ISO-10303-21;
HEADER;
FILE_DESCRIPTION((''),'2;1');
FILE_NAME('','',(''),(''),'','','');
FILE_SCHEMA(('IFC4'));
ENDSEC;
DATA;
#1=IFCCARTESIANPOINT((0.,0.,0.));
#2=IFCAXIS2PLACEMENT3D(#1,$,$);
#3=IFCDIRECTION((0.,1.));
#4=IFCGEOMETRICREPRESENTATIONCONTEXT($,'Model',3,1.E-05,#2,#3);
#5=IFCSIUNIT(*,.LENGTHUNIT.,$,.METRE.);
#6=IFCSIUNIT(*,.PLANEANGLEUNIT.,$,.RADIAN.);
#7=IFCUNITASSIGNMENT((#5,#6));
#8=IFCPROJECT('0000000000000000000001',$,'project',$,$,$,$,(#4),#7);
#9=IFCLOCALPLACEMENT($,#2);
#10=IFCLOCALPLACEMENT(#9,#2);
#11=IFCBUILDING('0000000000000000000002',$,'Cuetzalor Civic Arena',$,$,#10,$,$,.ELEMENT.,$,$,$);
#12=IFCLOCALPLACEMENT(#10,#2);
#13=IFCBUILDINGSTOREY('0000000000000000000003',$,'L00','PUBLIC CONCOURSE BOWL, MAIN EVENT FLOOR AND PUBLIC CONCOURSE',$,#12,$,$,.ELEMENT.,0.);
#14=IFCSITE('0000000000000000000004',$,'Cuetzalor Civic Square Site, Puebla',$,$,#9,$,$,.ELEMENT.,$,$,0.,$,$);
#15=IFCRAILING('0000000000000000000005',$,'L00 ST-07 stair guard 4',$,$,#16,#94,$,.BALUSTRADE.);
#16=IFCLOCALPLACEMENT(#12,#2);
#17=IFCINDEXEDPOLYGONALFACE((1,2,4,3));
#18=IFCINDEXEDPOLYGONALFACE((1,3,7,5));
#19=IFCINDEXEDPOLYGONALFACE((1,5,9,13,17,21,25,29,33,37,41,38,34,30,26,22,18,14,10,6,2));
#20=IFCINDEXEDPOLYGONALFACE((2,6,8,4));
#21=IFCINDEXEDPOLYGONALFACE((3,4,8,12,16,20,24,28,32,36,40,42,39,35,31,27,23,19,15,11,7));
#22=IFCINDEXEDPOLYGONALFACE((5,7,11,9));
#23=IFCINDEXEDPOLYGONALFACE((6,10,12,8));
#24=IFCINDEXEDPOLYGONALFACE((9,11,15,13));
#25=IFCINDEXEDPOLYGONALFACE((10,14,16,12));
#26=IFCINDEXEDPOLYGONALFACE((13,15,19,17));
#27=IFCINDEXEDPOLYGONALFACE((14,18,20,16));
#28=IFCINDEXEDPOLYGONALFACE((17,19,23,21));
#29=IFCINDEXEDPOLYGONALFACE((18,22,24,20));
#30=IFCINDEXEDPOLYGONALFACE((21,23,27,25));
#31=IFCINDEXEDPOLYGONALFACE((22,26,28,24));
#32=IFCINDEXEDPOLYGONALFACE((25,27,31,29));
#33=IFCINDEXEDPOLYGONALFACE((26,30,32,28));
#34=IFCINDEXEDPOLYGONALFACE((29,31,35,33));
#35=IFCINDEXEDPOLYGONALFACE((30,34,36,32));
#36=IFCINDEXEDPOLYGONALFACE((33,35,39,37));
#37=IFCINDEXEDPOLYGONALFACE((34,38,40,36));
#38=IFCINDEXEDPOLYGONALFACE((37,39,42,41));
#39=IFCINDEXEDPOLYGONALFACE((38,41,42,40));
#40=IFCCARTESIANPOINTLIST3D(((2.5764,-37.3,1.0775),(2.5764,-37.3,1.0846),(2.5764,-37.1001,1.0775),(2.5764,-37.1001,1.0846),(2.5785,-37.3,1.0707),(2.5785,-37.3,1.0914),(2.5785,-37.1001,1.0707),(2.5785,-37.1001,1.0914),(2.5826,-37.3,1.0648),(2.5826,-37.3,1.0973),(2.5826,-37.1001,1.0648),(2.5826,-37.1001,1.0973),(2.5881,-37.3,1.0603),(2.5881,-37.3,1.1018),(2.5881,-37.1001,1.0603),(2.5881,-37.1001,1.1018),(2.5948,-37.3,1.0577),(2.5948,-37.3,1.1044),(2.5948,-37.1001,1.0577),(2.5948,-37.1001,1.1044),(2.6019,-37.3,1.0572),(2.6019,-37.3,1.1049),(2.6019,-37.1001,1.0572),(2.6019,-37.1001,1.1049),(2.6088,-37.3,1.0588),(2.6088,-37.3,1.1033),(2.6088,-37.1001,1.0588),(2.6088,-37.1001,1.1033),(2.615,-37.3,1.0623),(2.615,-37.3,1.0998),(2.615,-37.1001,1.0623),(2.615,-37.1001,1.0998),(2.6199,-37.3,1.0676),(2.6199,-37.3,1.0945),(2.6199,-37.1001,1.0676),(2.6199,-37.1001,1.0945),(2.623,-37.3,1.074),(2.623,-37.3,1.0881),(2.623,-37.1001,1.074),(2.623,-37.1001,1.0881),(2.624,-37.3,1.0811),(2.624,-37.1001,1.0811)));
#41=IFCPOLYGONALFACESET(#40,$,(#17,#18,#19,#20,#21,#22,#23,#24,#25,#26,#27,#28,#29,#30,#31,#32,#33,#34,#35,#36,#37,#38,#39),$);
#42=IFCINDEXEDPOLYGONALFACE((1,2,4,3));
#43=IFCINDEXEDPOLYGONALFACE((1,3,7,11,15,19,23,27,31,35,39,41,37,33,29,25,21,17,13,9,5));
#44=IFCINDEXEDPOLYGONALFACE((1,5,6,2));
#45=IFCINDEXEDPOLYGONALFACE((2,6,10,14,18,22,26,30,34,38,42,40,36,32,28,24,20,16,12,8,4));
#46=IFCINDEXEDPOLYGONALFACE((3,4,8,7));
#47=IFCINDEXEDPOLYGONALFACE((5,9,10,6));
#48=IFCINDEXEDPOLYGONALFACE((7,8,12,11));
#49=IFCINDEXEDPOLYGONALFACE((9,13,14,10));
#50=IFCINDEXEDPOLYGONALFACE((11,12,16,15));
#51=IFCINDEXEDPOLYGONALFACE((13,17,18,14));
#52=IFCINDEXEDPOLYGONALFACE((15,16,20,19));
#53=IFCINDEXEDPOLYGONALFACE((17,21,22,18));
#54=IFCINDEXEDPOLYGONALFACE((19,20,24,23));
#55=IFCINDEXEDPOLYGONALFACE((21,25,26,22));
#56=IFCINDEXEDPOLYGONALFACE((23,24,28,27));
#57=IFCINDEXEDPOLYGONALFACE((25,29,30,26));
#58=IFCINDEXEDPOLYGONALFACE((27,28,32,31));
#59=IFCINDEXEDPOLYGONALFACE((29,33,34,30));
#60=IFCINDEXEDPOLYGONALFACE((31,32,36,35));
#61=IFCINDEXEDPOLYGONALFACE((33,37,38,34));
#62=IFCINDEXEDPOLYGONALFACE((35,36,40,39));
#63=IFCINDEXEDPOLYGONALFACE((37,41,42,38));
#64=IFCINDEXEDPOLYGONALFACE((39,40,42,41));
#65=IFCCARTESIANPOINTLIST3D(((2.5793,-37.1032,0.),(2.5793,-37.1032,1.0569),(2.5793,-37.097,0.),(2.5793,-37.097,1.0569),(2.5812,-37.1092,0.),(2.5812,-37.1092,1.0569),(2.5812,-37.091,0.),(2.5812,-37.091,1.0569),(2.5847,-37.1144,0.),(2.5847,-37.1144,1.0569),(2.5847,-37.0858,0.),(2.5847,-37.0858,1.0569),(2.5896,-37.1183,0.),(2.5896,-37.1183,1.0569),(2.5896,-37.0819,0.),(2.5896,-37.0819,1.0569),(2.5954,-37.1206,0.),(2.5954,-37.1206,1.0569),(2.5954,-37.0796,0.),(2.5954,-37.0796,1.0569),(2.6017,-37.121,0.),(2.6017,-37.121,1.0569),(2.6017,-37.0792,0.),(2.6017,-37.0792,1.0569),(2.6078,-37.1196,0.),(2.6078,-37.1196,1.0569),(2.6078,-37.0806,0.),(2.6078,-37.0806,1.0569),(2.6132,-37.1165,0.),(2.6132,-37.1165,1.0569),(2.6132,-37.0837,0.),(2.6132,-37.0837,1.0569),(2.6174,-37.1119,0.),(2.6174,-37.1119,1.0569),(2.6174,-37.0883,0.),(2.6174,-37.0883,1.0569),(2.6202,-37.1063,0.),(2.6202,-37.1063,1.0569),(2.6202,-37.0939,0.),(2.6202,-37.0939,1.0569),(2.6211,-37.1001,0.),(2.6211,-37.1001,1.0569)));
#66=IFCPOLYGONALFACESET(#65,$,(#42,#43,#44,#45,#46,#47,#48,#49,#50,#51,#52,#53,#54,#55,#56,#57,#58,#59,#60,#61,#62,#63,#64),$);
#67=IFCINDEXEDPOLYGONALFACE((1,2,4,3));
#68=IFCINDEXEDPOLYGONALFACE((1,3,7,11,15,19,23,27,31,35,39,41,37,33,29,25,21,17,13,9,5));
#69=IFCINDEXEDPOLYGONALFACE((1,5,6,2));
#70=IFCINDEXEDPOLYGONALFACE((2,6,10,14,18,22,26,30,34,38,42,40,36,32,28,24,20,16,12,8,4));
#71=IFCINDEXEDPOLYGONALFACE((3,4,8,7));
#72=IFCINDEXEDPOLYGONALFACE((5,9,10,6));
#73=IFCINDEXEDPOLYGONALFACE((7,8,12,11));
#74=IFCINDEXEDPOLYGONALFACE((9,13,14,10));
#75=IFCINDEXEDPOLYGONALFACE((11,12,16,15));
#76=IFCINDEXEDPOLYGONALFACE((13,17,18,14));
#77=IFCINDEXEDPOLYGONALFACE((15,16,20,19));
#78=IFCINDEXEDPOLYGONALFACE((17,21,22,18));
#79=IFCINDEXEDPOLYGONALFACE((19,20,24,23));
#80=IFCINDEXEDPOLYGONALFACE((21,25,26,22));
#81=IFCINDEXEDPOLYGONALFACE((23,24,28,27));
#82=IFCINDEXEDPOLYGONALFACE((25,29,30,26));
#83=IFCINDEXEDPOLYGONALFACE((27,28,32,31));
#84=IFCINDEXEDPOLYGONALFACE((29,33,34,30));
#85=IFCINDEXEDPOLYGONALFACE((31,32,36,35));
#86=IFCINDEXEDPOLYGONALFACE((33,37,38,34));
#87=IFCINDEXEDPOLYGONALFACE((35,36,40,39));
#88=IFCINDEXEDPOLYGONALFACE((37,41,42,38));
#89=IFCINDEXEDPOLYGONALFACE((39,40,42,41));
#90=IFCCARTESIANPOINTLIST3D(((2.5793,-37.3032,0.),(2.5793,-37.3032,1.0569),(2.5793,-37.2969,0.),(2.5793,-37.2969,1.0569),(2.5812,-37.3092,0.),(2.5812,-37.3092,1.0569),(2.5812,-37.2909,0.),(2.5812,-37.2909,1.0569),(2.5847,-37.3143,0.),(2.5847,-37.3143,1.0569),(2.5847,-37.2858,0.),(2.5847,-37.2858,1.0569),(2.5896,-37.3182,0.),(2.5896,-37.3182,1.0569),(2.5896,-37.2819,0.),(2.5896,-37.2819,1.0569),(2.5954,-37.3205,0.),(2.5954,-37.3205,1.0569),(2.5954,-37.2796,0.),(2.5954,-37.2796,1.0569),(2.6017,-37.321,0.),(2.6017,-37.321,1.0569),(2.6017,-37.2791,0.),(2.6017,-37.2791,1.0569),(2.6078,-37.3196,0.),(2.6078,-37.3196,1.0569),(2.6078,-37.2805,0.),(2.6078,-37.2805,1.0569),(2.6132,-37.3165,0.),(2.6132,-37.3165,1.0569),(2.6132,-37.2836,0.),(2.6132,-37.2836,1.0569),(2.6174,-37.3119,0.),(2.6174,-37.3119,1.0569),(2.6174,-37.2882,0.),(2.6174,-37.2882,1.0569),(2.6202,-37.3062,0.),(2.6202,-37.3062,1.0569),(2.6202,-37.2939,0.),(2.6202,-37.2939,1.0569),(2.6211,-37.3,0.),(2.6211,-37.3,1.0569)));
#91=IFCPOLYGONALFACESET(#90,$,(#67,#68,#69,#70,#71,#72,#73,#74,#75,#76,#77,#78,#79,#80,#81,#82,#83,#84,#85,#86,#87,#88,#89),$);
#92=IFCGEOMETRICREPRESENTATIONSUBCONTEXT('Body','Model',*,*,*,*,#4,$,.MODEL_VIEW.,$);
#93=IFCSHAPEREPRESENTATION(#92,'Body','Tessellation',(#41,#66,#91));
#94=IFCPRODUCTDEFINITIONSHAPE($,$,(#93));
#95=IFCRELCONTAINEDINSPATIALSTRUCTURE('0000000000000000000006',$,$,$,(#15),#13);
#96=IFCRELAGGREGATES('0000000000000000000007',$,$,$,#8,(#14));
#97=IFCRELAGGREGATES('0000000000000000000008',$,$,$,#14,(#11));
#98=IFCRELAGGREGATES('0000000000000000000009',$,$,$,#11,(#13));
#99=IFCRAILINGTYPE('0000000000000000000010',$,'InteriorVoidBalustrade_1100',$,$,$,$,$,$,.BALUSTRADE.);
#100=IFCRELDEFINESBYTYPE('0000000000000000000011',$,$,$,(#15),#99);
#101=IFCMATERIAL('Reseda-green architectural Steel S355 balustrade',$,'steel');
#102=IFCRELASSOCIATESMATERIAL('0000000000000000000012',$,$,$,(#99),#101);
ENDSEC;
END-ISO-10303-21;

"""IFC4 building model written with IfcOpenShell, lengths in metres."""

from ifc_helpers import new_model, si_unit, direction, frame, origin, origin_2d, place, context, subcontext, project, spatial, circle, extrude, material, type_object, element, save


model = new_model("IFC4")

# Units and contexts
model_context = context("Model", 3, precision=1e-05, world=origin(), true_north=direction((0.0, 1.0)))
body_context = subcontext(model_context, "Body", "Model", "MODEL_VIEW")
ifc_project = project(units=[si_unit("LENGTHUNIT", "METRE"), si_unit("PLANEANGLEUNIT", "RADIAN")], contexts=[model_context])

# Site, building, storey
site_placement = place(None, origin())
site = spatial("IfcSite", under=ifc_project, at=site_placement, Name="Cuetzalor Civic Square Site, Puebla", CompositionType="ELEMENT", RefElevation=0.0)
building_placement = place(site_placement, origin())
building = spatial("IfcBuilding", under=site, at=building_placement, Name="Cuetzalor Civic Arena", CompositionType="ELEMENT")
storey_placement = place(building_placement, origin())
storey = spatial("IfcBuildingStorey", under=building, at=storey_placement, Name="L00", Description="PUBLIC CONCOURSE BOWL, MAIN EVENT FLOOR AND PUBLIC CONCOURSE", CompositionType="ELEMENT", Elevation=0.0)

# Railing
ifc_material_1 = material(Name="Reseda-green architectural Steel S355 balustrade", Category="steel")
railing_type_1 = type_object("IfcRailingType", Name="InteriorVoidBalustrade_1100", PredefinedType="BALUSTRADE", material=ifc_material_1)
railing_1_placement = place(storey_placement, frame((2.6001, -37.1001, 0.0)))
element("IfcRailing", 1, at=railing_1_placement, inside=storey, type_object=railing_type_1, Name="L00 ST-07 stair guard 4", PredefinedType="BALUSTRADE", context=body_context, shape_type="SweptSolid", body=[
    extrude(circle(Radius=0.0239, at=origin_2d()), frame((0.0, 0.0, 1.0811), z_axis=(0.0, -1.0, 0.0), x_axis=(1.0, 0.0, 0.0)), (0.0, 0.0, 1.0), 0.2),
    extrude(circle(Radius=0.021, at=origin_2d()), origin(), (0.0, 0.0, 1.0), 1.0569),
    extrude(circle(Radius=0.021, at=origin_2d()), frame((0.0, -0.2, 0.0)), (0.0, 0.0, 1.0), 1.0569),
])

save(model, "model.ifc")
